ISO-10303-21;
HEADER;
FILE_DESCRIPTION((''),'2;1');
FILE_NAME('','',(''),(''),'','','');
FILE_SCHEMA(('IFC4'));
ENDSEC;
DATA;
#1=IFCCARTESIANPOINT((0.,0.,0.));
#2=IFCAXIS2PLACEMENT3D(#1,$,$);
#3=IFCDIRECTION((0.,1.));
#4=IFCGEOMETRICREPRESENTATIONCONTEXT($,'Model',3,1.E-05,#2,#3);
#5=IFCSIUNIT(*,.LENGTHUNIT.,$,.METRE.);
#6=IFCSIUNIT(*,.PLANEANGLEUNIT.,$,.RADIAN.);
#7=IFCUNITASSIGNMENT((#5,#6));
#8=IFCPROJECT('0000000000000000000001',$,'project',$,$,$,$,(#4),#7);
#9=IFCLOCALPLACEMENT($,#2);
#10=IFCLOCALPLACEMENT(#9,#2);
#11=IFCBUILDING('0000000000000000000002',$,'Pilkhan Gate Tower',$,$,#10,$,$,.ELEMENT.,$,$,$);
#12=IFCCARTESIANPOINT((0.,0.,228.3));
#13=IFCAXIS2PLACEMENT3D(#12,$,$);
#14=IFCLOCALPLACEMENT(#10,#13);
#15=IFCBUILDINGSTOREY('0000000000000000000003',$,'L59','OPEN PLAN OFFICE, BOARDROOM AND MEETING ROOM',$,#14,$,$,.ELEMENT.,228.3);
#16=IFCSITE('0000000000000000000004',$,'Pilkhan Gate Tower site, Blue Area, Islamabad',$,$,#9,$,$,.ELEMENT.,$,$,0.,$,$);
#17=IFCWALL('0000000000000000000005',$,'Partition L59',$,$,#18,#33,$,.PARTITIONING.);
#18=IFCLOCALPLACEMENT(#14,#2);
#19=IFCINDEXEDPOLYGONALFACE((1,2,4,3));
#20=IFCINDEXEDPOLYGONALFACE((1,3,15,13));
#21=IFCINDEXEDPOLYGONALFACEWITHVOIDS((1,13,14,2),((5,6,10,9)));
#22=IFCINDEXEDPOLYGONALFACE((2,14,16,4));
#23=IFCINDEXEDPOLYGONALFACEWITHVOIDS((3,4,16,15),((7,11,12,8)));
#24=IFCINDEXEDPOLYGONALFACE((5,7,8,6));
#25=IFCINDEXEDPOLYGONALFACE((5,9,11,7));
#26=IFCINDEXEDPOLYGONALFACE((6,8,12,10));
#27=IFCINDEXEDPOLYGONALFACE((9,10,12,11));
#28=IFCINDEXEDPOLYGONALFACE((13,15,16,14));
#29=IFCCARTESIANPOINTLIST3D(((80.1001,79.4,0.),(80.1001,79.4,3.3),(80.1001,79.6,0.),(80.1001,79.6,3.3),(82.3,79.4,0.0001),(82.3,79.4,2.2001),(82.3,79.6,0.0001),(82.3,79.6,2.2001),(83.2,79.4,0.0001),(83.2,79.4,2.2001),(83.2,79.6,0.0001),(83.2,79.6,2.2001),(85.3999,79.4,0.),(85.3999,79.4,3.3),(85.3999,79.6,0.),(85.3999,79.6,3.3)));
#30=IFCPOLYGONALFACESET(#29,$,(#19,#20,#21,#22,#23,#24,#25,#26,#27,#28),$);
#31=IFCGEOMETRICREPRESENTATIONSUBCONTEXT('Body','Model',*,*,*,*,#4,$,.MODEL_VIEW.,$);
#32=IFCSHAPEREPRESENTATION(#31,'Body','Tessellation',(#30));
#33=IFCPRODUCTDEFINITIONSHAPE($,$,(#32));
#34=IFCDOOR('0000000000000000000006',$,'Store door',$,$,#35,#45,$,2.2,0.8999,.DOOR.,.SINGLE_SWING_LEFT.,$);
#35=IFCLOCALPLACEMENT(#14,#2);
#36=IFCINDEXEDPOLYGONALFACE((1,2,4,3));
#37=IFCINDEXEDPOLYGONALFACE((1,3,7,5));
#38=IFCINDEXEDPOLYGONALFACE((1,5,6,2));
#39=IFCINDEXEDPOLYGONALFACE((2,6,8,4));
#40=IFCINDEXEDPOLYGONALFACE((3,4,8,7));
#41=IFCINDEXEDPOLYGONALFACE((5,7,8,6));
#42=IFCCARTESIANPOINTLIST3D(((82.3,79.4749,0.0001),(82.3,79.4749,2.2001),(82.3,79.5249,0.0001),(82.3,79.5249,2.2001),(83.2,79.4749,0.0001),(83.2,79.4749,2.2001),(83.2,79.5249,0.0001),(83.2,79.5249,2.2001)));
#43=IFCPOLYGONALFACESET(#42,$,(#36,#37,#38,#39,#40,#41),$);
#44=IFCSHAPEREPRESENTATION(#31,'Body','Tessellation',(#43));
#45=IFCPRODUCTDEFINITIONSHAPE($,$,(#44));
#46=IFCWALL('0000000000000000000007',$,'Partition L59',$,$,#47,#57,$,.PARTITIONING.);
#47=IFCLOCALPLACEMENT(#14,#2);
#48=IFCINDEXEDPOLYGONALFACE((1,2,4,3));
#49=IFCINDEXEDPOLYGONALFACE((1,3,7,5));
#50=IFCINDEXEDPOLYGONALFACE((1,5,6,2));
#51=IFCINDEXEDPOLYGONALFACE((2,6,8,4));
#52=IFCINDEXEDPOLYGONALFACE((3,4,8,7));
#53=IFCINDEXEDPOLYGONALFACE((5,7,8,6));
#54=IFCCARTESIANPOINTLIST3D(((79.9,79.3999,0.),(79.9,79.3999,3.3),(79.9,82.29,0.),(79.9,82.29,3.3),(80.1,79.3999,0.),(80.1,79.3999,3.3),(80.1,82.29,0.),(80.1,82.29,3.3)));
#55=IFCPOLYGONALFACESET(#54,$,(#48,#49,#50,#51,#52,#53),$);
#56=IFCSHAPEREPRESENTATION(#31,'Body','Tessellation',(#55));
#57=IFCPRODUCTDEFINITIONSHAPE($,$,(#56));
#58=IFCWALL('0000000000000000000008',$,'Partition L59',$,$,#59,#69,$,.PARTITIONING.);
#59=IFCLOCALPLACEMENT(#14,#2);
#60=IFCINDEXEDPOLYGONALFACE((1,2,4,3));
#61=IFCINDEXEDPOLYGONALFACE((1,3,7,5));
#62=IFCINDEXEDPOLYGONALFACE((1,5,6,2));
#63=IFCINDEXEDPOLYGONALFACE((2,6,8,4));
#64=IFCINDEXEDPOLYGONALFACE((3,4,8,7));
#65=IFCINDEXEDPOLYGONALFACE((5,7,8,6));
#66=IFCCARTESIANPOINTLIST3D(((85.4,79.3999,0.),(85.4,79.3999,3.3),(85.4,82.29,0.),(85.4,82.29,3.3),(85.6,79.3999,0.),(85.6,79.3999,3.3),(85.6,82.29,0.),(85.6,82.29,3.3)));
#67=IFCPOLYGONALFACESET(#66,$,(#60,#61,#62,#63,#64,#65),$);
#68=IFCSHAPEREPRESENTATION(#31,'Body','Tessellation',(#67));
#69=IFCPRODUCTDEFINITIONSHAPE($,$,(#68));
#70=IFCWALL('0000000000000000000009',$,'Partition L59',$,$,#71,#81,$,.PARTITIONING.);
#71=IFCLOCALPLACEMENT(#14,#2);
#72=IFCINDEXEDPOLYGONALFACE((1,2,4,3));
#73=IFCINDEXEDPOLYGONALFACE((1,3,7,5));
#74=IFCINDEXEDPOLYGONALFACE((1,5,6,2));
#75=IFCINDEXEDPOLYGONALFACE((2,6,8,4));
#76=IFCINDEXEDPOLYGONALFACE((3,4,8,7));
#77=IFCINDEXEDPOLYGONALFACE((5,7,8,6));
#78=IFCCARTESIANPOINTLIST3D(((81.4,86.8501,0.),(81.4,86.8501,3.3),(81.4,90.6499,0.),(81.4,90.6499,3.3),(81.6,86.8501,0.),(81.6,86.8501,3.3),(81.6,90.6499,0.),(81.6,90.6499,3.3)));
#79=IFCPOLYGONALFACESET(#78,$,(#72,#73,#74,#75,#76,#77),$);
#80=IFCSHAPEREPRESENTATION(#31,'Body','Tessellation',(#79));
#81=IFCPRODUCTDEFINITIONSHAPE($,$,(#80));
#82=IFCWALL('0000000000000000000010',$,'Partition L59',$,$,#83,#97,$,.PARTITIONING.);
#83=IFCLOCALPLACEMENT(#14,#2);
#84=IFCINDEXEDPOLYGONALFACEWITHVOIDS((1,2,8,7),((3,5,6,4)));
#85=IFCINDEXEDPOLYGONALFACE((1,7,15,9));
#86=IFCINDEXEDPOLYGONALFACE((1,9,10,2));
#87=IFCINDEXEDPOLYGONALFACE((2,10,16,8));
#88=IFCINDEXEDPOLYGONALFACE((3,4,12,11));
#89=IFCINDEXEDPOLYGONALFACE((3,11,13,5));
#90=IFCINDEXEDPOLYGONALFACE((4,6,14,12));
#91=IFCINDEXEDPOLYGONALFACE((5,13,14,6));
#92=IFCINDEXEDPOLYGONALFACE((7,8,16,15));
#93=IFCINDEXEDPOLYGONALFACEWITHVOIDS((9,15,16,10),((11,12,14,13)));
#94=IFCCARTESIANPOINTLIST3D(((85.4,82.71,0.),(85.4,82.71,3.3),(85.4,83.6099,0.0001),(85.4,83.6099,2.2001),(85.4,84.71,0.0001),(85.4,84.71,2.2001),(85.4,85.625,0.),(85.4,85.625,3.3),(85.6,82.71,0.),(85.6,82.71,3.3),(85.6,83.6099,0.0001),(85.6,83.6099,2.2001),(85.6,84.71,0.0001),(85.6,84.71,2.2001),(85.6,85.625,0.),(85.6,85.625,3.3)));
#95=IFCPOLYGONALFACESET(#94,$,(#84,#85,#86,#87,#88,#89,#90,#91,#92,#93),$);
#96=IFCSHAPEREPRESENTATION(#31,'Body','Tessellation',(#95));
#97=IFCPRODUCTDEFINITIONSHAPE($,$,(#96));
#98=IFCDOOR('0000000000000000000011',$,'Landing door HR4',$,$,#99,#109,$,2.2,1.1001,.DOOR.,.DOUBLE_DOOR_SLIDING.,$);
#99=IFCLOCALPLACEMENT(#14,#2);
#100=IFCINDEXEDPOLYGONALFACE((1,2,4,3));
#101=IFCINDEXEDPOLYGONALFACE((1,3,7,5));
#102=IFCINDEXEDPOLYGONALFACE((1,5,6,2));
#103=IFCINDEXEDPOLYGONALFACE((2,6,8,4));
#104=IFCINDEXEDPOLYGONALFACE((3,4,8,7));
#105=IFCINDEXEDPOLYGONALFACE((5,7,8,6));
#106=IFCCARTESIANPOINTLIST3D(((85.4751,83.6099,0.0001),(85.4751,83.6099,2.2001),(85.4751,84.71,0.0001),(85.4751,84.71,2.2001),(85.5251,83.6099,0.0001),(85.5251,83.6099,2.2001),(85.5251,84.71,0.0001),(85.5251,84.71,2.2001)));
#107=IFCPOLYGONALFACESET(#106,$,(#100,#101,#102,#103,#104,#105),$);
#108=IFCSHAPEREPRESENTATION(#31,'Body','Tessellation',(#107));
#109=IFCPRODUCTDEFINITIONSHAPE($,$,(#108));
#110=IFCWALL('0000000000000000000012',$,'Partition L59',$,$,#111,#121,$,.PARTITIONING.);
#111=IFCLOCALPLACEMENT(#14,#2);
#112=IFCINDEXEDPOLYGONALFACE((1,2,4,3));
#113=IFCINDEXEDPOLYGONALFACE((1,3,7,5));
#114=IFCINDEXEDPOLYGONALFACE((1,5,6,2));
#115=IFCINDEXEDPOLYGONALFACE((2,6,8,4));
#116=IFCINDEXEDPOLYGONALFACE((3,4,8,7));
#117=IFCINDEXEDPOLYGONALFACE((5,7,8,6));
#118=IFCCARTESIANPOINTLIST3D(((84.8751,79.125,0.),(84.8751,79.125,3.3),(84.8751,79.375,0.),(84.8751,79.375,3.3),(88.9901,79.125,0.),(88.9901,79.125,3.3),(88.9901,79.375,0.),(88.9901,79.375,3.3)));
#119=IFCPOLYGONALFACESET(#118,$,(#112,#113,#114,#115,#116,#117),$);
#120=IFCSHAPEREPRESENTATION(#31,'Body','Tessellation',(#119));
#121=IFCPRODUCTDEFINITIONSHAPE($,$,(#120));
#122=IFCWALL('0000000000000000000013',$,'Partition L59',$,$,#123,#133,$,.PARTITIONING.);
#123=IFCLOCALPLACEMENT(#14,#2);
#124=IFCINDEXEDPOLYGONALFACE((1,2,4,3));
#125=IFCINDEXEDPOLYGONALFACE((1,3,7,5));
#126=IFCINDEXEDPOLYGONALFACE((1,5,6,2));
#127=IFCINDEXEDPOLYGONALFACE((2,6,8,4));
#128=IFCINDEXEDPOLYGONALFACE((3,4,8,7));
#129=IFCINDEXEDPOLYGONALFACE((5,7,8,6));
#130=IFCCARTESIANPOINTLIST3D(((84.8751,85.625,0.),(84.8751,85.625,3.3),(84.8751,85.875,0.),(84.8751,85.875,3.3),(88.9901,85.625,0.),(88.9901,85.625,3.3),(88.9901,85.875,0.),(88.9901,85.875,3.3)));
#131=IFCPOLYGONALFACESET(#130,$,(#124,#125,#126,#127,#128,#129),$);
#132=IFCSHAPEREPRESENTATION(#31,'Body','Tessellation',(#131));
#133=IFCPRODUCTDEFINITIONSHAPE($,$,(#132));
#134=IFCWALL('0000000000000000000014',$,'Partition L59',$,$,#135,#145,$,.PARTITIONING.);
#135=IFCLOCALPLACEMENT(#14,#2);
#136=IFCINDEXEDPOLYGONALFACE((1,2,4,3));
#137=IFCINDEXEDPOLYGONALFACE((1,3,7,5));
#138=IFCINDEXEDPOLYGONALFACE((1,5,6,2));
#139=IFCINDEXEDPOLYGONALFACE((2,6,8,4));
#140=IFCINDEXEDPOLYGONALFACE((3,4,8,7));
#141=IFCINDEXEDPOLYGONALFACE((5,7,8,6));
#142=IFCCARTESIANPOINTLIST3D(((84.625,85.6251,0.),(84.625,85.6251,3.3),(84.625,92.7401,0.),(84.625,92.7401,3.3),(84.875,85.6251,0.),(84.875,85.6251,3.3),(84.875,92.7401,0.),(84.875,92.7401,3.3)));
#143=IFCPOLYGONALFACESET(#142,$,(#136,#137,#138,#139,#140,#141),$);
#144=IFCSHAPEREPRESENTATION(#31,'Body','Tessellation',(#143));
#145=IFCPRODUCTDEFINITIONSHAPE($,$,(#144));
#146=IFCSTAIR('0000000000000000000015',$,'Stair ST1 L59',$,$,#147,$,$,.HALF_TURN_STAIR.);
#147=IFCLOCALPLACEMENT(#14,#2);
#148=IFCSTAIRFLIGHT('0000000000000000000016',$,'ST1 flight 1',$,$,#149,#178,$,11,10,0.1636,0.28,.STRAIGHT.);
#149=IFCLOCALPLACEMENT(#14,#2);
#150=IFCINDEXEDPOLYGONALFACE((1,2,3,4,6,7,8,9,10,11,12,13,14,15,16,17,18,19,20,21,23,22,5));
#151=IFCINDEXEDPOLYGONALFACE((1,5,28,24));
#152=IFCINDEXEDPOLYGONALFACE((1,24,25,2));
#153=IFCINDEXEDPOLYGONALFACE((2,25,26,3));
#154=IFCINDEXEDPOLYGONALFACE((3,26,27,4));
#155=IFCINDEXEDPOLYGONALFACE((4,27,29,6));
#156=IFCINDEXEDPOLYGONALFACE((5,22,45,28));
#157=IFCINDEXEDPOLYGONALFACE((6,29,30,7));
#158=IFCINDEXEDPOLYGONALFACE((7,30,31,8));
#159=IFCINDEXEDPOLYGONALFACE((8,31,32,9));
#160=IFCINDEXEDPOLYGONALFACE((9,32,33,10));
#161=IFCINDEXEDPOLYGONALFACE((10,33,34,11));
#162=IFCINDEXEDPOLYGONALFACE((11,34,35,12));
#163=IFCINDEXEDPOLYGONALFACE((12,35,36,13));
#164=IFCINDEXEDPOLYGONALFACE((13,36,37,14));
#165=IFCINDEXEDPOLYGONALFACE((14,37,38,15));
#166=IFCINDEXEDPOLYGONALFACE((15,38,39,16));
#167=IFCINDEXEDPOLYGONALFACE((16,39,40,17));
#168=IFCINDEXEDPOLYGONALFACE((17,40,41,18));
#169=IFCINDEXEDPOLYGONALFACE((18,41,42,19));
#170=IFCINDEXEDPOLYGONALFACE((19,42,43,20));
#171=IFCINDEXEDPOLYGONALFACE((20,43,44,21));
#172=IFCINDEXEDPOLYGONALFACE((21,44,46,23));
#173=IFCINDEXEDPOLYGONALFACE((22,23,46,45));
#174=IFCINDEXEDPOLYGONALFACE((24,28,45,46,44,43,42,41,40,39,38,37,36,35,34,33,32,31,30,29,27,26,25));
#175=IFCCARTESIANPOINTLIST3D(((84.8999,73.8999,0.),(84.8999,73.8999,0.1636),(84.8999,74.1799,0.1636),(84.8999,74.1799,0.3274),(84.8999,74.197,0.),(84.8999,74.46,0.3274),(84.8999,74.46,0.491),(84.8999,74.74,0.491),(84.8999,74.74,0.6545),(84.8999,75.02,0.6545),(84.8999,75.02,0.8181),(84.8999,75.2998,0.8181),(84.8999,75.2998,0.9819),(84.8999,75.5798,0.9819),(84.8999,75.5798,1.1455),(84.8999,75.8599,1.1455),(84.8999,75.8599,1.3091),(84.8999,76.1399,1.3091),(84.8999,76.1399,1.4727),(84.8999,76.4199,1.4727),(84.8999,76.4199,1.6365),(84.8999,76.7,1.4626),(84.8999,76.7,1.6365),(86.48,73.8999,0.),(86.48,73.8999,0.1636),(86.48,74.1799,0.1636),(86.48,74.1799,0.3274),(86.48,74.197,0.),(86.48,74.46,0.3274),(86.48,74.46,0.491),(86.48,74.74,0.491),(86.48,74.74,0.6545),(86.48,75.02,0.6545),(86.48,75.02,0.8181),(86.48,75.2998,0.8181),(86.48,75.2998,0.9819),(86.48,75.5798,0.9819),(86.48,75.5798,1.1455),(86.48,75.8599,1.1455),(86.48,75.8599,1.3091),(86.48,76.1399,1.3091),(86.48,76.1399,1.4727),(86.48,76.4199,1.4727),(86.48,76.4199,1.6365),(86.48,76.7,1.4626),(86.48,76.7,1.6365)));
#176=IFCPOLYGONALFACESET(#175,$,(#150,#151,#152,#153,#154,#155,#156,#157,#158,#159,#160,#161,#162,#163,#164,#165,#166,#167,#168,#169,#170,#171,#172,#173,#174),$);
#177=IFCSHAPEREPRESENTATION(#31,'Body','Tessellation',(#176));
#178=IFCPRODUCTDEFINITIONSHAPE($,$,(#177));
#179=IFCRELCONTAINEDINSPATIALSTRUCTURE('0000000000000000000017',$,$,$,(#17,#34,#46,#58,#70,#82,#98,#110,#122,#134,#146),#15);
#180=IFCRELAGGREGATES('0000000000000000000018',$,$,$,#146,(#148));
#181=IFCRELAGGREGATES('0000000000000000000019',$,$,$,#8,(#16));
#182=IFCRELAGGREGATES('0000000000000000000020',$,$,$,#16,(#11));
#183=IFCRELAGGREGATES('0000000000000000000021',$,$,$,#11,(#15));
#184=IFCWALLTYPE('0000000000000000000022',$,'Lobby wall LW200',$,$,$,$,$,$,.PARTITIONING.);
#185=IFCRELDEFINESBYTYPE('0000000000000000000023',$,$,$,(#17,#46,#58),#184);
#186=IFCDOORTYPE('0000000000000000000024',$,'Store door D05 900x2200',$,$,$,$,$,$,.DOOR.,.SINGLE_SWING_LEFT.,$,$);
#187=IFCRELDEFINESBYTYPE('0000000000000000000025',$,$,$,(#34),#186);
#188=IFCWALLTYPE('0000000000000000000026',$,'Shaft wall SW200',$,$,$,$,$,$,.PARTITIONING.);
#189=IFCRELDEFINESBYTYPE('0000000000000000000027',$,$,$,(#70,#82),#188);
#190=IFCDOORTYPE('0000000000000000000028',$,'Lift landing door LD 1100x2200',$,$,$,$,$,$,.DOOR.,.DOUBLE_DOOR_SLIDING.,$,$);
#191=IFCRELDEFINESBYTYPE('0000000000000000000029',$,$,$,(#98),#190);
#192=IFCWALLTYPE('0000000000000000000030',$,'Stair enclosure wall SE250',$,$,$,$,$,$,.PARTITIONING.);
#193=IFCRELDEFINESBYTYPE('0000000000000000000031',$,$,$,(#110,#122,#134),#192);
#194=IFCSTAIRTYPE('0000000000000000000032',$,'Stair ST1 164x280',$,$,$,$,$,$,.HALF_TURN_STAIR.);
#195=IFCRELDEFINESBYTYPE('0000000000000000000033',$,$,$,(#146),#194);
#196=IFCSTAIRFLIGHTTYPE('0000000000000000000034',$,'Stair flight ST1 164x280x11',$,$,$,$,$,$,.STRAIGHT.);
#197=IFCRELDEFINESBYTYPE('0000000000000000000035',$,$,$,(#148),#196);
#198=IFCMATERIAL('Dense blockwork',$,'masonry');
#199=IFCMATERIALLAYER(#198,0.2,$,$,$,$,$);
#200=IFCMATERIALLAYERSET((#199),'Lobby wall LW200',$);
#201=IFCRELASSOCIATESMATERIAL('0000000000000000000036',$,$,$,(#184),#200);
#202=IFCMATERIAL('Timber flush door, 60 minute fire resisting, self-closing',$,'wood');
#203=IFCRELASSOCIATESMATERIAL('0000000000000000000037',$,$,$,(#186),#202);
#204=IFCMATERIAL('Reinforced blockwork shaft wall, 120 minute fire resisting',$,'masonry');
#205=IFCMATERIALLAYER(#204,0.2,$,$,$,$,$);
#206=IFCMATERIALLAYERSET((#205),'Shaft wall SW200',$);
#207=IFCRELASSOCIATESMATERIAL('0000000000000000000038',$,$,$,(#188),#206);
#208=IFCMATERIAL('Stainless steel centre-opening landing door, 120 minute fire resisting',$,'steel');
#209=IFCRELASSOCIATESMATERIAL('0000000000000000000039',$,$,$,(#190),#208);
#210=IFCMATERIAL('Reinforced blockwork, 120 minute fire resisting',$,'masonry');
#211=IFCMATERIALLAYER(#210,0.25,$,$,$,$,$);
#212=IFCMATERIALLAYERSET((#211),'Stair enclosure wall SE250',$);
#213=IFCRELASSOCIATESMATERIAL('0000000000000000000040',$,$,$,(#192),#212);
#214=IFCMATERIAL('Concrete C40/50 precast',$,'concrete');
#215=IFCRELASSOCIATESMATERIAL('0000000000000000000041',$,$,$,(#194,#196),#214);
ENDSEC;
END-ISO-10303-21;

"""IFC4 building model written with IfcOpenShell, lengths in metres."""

from ifc_helpers import new_model, si_unit, direction, frame, frame_2d, origin, place, context, subcontext, project, spatial, polyline, rectangle, outline, extrude, material, layer, layer_set, type_object, element, fill, aggregate, save


model = new_model("IFC4")

# Units and contexts
model_context = context("Model", 3, precision=1e-05, world=origin(), true_north=direction((0.0, 1.0)))
body_context = subcontext(model_context, "Body", "Model", "MODEL_VIEW")
ifc_project = project(units=[si_unit("LENGTHUNIT", "METRE"), si_unit("PLANEANGLEUNIT", "RADIAN")], contexts=[model_context])

# Site, building, storey
site_placement = place(None, origin())
site = spatial("IfcSite", under=ifc_project, at=site_placement, Name="Pilkhan Gate Tower site, Blue Area, Islamabad", CompositionType="ELEMENT", RefElevation=0.0)
building_placement = place(site_placement, origin())
building = spatial("IfcBuilding", under=site, at=building_placement, Name="Pilkhan Gate Tower", CompositionType="ELEMENT")
storey_placement = place(building_placement, frame((0.0, 0.0, 228.3)))
storey = spatial("IfcBuildingStorey", under=building, at=storey_placement, Name="L59", Description="OPEN PLAN OFFICE, BOARDROOM AND MEETING ROOM", CompositionType="ELEMENT", Elevation=228.3)

# Wall, opening, door
ifc_material_1 = material(Name="Dense blockwork", Category="masonry")
ifc_layer_1 = layer(ifc_material_1, 0.2)
ifc_layer_set_1 = layer_set([ifc_layer_1], Name="Lobby wall LW200")
wall_type_1 = type_object("IfcWallType", Name="Lobby wall LW200", PredefinedType="PARTITIONING", material=ifc_layer_set_1)
wall_1_placement = place(storey_placement, frame((80.1001, 79.5, 0.0), z_axis=(0.0, 0.0, 1.0), x_axis=(1.0, 0.0, 0.0)))
wall_1 = element("IfcWall", 1, at=wall_1_placement, inside=storey, type_object=wall_type_1, Name="Partition L59", PredefinedType="PARTITIONING", context=body_context, shape_type="SweptSolid", body=[
    extrude(rectangle(XDim=5.2998, YDim=0.2, at=frame_2d((2.6499, 0.0))), origin(), (0.0, 0.0, 1.0), 3.3),
])
opening_1_placement = place(wall_1_placement, frame((2.2, 0.0, 0.0)))
opening_1 = element("IfcOpeningElement", 2, at=opening_1_placement, cuts=wall_1, PredefinedType="OPENING", context=body_context, shape_type="SweptSolid", body=[
    extrude(rectangle(XDim=0.8999, YDim=2.2, at=frame_2d((0.45, 1.1001))), frame((0.0, 0.1099, 0.0), z_axis=(0.0, -1.0, 0.0), x_axis=(1.0, 0.0, 0.0)), (0.0, 0.0, 1.0), 0.22),
])
ifc_material_2 = material(Name="Timber flush door, 60 minute fire resisting, self-closing", Category="wood")
door_type_1 = type_object("IfcDoorType", Name="Store door D05 900x2200", OperationType="SINGLE_SWING_LEFT", PredefinedType="DOOR", material=ifc_material_2)
door_1_placement = place(opening_1_placement, origin())
door_1 = element("IfcDoor", 3, at=door_1_placement, inside=storey, type_object=door_type_1, Name="Store door", OperationType="SINGLE_SWING_LEFT", OverallHeight=2.2, OverallWidth=0.8999, PredefinedType="DOOR", context=body_context, shape_type="SweptSolid", body=[
    extrude(rectangle(XDim=0.8999, YDim=2.2, at=frame_2d((0.45, 1.1001))), frame((0.0, 0.0249, 0.0), z_axis=(0.0, -1.0, 0.0), x_axis=(1.0, 0.0, 0.0)), (0.0, 0.0, 1.0), 0.05),
])
fill(opening_1, door_1)

# Walls
for number, where, z_axis, x_axis, name in (
    (4, (80.0, 79.3999, 0.0), (0.0, 0.0, 1.0), (0.0, 1.0, 0.0), "Partition L59"),
    (5, (85.5, 79.3999, 0.0), (0.0, 0.0, 1.0), (0.0, 1.0, 0.0), "Partition L59"),
):
    element("IfcWall", number, at=place(storey_placement, frame(where, z_axis=z_axis, x_axis=x_axis)), inside=storey, type_object=wall_type_1, Name=name, PredefinedType="PARTITIONING", context=body_context, shape_type="SweptSolid", body=[
        extrude(rectangle(XDim=2.8901, YDim=0.2, at=frame_2d((1.4451, 0.0))), origin(), (0.0, 0.0, 1.0), 3.3),
    ])
ifc_material_3 = material(Name="Reinforced blockwork shaft wall, 120 minute fire resisting", Category="masonry")
ifc_layer_2 = layer(ifc_material_3, 0.2)
ifc_layer_set_2 = layer_set([ifc_layer_2], Name="Shaft wall SW200")
wall_type_2 = type_object("IfcWallType", Name="Shaft wall SW200", PredefinedType="PARTITIONING", material=ifc_layer_set_2)
wall_2_placement = place(storey_placement, frame((81.5, 86.8501, 0.0), z_axis=(0.0, 0.0, 1.0), x_axis=(0.0, 1.0, 0.0)))
element("IfcWall", 6, at=wall_2_placement, inside=storey, type_object=wall_type_2, Name="Partition L59", PredefinedType="PARTITIONING", context=body_context, shape_type="SweptSolid", body=[
    extrude(rectangle(XDim=3.7998, YDim=0.2, at=frame_2d((1.8999, 0.0))), origin(), (0.0, 0.0, 1.0), 3.3),
])

# Wall, opening, door
wall_3_placement = place(storey_placement, frame((85.5, 82.71, 0.0), z_axis=(0.0, 0.0, 1.0), x_axis=(0.0, 1.0, 0.0)))
wall_3 = element("IfcWall", 7, at=wall_3_placement, inside=storey, type_object=wall_type_2, Name="Partition L59", PredefinedType="PARTITIONING", context=body_context, shape_type="SweptSolid", body=[
    extrude(rectangle(XDim=2.915, YDim=0.2, at=frame_2d((1.4575, 0.0))), origin(), (0.0, 0.0, 1.0), 3.3),
])
opening_2_placement = place(wall_3_placement, frame((0.8999, 0.0, 0.0)))
opening_2 = element("IfcOpeningElement", 8, at=opening_2_placement, cuts=wall_3, PredefinedType="OPENING", context=body_context, shape_type="SweptSolid", body=[
    extrude(rectangle(XDim=1.1001, YDim=2.2, at=frame_2d((0.55, 1.1001))), frame((0.0, 0.1099, 0.0), z_axis=(0.0, -1.0, 0.0), x_axis=(1.0, 0.0, 0.0)), (0.0, 0.0, 1.0), 0.22),
])
ifc_material_4 = material(Name="Stainless steel centre-opening landing door, 120 minute fire resisting", Category="steel")
door_type_2 = type_object("IfcDoorType", Name="Lift landing door LD 1100x2200", OperationType="DOUBLE_DOOR_SLIDING", PredefinedType="DOOR", material=ifc_material_4)
door_2_placement = place(opening_2_placement, origin())
door_2 = element("IfcDoor", 9, at=door_2_placement, inside=storey, type_object=door_type_2, Name="Landing door HR4", OperationType="DOUBLE_DOOR_SLIDING", OverallHeight=2.2, OverallWidth=1.1001, PredefinedType="DOOR", context=body_context, shape_type="SweptSolid", body=[
    extrude(rectangle(XDim=1.1001, YDim=2.2, at=frame_2d((0.55, 1.1001))), frame((0.0, 0.0249, 0.0), z_axis=(0.0, -1.0, 0.0), x_axis=(1.0, 0.0, 0.0)), (0.0, 0.0, 1.0), 0.05),
])
fill(opening_2, door_2)

# Walls
ifc_material_5 = material(Name="Reinforced blockwork, 120 minute fire resisting", Category="masonry")
ifc_layer_3 = layer(ifc_material_5, 0.25)
ifc_layer_set_3 = layer_set([ifc_layer_3], Name="Stair enclosure wall SE250")
wall_type_3 = type_object("IfcWallType", Name="Stair enclosure wall SE250", PredefinedType="PARTITIONING", material=ifc_layer_set_3)
for number, where, z_axis, x_axis, name in (
    (10, (84.875, 79.25, 0.0), (0.0, 0.0, 1.0), (1.0, 0.0, 0.0), "Partition L59"),
    (11, (84.875, 85.75, 0.0), (0.0, 0.0, 1.0), (1.0, 0.0, 0.0), "Partition L59"),
):
    element("IfcWall", number, at=place(storey_placement, frame(where, z_axis=z_axis, x_axis=x_axis)), inside=storey, type_object=wall_type_3, Name=name, PredefinedType="PARTITIONING", context=body_context, shape_type="SweptSolid", body=[
        extrude(rectangle(XDim=4.115, YDim=0.25, at=frame_2d((2.0576, 0.0))), origin(), (0.0, 0.0, 1.0), 3.3),
    ])
wall_4_placement = place(storey_placement, frame((84.75, 85.625, 0.0), z_axis=(0.0, 0.0, 1.0), x_axis=(0.0, 1.0, 0.0)))
element("IfcWall", 12, at=wall_4_placement, inside=storey, type_object=wall_type_3, Name="Partition L59", PredefinedType="PARTITIONING", context=body_context, shape_type="SweptSolid", body=[
    extrude(rectangle(XDim=7.115, YDim=0.25, at=frame_2d((3.5576, 0.0))), origin(), (0.0, 0.0, 1.0), 3.3),
])

# Stair, stair flight
ifc_material_6 = material(Name="Concrete C40/50 precast", Category="concrete")
stair_type = type_object("IfcStairType", Name="Stair ST1 164x280", PredefinedType="HALF_TURN_STAIR", material=ifc_material_6)
stair_placement = place(storey_placement, origin())
stair = element("IfcStair", 13, at=stair_placement, inside=storey, type_object=stair_type, Name="Stair ST1 L59", PredefinedType="HALF_TURN_STAIR")
stair_flight_type = type_object("IfcStairFlightType", Name="Stair flight ST1 164x280x11", PredefinedType="STRAIGHT", material=ifc_material_6)
stair_flight_1_placement = place(storey_placement, frame((85.6899, 73.8999, 0.0), z_axis=(0.0, 0.0, 1.0), x_axis=(0.0, 1.0, 0.0)))
stair_flight_1 = element("IfcStairFlight", 14, at=stair_flight_1_placement, type_object=stair_flight_type, Name="ST1 flight 1", NumberOfRisers=11, NumberOfTreads=10, PredefinedType="STRAIGHT", RiserHeight=0.1636, TreadLength=0.28, context=body_context, shape_type="SweptSolid", body=[
    extrude(outline(polyline([(0.0, 0.0), (0.0, 0.1636), (0.28, 0.1636), (0.28, 0.3274), (0.5601, 0.3274), (0.5601, 0.491), (0.8401, 0.491), (0.8401, 0.6545), (1.1201, 0.6545), (1.1201, 0.8181), (1.3999, 0.8181), (1.3999, 0.9819), (1.6799, 0.9819), (1.6799, 1.1455), (1.96, 1.1455), (1.96, 1.3091), (2.24, 1.3091), (2.24, 1.4727), (2.52, 1.4727), (2.52, 1.6365), (2.8, 1.6365), (2.8, 1.8), (2.8, 1.4626), (0.2971, 0.0), (0.0, 0.0)])), frame((0.0, 0.79, 0.0), z_axis=(0.0, -1.0, 0.0), x_axis=(1.0, 0.0, 0.0)), (0.0, 0.0, 1.0), 1.5801),
])
aggregate(stair, [stair_flight_1])

save(model, "model.ifc")
